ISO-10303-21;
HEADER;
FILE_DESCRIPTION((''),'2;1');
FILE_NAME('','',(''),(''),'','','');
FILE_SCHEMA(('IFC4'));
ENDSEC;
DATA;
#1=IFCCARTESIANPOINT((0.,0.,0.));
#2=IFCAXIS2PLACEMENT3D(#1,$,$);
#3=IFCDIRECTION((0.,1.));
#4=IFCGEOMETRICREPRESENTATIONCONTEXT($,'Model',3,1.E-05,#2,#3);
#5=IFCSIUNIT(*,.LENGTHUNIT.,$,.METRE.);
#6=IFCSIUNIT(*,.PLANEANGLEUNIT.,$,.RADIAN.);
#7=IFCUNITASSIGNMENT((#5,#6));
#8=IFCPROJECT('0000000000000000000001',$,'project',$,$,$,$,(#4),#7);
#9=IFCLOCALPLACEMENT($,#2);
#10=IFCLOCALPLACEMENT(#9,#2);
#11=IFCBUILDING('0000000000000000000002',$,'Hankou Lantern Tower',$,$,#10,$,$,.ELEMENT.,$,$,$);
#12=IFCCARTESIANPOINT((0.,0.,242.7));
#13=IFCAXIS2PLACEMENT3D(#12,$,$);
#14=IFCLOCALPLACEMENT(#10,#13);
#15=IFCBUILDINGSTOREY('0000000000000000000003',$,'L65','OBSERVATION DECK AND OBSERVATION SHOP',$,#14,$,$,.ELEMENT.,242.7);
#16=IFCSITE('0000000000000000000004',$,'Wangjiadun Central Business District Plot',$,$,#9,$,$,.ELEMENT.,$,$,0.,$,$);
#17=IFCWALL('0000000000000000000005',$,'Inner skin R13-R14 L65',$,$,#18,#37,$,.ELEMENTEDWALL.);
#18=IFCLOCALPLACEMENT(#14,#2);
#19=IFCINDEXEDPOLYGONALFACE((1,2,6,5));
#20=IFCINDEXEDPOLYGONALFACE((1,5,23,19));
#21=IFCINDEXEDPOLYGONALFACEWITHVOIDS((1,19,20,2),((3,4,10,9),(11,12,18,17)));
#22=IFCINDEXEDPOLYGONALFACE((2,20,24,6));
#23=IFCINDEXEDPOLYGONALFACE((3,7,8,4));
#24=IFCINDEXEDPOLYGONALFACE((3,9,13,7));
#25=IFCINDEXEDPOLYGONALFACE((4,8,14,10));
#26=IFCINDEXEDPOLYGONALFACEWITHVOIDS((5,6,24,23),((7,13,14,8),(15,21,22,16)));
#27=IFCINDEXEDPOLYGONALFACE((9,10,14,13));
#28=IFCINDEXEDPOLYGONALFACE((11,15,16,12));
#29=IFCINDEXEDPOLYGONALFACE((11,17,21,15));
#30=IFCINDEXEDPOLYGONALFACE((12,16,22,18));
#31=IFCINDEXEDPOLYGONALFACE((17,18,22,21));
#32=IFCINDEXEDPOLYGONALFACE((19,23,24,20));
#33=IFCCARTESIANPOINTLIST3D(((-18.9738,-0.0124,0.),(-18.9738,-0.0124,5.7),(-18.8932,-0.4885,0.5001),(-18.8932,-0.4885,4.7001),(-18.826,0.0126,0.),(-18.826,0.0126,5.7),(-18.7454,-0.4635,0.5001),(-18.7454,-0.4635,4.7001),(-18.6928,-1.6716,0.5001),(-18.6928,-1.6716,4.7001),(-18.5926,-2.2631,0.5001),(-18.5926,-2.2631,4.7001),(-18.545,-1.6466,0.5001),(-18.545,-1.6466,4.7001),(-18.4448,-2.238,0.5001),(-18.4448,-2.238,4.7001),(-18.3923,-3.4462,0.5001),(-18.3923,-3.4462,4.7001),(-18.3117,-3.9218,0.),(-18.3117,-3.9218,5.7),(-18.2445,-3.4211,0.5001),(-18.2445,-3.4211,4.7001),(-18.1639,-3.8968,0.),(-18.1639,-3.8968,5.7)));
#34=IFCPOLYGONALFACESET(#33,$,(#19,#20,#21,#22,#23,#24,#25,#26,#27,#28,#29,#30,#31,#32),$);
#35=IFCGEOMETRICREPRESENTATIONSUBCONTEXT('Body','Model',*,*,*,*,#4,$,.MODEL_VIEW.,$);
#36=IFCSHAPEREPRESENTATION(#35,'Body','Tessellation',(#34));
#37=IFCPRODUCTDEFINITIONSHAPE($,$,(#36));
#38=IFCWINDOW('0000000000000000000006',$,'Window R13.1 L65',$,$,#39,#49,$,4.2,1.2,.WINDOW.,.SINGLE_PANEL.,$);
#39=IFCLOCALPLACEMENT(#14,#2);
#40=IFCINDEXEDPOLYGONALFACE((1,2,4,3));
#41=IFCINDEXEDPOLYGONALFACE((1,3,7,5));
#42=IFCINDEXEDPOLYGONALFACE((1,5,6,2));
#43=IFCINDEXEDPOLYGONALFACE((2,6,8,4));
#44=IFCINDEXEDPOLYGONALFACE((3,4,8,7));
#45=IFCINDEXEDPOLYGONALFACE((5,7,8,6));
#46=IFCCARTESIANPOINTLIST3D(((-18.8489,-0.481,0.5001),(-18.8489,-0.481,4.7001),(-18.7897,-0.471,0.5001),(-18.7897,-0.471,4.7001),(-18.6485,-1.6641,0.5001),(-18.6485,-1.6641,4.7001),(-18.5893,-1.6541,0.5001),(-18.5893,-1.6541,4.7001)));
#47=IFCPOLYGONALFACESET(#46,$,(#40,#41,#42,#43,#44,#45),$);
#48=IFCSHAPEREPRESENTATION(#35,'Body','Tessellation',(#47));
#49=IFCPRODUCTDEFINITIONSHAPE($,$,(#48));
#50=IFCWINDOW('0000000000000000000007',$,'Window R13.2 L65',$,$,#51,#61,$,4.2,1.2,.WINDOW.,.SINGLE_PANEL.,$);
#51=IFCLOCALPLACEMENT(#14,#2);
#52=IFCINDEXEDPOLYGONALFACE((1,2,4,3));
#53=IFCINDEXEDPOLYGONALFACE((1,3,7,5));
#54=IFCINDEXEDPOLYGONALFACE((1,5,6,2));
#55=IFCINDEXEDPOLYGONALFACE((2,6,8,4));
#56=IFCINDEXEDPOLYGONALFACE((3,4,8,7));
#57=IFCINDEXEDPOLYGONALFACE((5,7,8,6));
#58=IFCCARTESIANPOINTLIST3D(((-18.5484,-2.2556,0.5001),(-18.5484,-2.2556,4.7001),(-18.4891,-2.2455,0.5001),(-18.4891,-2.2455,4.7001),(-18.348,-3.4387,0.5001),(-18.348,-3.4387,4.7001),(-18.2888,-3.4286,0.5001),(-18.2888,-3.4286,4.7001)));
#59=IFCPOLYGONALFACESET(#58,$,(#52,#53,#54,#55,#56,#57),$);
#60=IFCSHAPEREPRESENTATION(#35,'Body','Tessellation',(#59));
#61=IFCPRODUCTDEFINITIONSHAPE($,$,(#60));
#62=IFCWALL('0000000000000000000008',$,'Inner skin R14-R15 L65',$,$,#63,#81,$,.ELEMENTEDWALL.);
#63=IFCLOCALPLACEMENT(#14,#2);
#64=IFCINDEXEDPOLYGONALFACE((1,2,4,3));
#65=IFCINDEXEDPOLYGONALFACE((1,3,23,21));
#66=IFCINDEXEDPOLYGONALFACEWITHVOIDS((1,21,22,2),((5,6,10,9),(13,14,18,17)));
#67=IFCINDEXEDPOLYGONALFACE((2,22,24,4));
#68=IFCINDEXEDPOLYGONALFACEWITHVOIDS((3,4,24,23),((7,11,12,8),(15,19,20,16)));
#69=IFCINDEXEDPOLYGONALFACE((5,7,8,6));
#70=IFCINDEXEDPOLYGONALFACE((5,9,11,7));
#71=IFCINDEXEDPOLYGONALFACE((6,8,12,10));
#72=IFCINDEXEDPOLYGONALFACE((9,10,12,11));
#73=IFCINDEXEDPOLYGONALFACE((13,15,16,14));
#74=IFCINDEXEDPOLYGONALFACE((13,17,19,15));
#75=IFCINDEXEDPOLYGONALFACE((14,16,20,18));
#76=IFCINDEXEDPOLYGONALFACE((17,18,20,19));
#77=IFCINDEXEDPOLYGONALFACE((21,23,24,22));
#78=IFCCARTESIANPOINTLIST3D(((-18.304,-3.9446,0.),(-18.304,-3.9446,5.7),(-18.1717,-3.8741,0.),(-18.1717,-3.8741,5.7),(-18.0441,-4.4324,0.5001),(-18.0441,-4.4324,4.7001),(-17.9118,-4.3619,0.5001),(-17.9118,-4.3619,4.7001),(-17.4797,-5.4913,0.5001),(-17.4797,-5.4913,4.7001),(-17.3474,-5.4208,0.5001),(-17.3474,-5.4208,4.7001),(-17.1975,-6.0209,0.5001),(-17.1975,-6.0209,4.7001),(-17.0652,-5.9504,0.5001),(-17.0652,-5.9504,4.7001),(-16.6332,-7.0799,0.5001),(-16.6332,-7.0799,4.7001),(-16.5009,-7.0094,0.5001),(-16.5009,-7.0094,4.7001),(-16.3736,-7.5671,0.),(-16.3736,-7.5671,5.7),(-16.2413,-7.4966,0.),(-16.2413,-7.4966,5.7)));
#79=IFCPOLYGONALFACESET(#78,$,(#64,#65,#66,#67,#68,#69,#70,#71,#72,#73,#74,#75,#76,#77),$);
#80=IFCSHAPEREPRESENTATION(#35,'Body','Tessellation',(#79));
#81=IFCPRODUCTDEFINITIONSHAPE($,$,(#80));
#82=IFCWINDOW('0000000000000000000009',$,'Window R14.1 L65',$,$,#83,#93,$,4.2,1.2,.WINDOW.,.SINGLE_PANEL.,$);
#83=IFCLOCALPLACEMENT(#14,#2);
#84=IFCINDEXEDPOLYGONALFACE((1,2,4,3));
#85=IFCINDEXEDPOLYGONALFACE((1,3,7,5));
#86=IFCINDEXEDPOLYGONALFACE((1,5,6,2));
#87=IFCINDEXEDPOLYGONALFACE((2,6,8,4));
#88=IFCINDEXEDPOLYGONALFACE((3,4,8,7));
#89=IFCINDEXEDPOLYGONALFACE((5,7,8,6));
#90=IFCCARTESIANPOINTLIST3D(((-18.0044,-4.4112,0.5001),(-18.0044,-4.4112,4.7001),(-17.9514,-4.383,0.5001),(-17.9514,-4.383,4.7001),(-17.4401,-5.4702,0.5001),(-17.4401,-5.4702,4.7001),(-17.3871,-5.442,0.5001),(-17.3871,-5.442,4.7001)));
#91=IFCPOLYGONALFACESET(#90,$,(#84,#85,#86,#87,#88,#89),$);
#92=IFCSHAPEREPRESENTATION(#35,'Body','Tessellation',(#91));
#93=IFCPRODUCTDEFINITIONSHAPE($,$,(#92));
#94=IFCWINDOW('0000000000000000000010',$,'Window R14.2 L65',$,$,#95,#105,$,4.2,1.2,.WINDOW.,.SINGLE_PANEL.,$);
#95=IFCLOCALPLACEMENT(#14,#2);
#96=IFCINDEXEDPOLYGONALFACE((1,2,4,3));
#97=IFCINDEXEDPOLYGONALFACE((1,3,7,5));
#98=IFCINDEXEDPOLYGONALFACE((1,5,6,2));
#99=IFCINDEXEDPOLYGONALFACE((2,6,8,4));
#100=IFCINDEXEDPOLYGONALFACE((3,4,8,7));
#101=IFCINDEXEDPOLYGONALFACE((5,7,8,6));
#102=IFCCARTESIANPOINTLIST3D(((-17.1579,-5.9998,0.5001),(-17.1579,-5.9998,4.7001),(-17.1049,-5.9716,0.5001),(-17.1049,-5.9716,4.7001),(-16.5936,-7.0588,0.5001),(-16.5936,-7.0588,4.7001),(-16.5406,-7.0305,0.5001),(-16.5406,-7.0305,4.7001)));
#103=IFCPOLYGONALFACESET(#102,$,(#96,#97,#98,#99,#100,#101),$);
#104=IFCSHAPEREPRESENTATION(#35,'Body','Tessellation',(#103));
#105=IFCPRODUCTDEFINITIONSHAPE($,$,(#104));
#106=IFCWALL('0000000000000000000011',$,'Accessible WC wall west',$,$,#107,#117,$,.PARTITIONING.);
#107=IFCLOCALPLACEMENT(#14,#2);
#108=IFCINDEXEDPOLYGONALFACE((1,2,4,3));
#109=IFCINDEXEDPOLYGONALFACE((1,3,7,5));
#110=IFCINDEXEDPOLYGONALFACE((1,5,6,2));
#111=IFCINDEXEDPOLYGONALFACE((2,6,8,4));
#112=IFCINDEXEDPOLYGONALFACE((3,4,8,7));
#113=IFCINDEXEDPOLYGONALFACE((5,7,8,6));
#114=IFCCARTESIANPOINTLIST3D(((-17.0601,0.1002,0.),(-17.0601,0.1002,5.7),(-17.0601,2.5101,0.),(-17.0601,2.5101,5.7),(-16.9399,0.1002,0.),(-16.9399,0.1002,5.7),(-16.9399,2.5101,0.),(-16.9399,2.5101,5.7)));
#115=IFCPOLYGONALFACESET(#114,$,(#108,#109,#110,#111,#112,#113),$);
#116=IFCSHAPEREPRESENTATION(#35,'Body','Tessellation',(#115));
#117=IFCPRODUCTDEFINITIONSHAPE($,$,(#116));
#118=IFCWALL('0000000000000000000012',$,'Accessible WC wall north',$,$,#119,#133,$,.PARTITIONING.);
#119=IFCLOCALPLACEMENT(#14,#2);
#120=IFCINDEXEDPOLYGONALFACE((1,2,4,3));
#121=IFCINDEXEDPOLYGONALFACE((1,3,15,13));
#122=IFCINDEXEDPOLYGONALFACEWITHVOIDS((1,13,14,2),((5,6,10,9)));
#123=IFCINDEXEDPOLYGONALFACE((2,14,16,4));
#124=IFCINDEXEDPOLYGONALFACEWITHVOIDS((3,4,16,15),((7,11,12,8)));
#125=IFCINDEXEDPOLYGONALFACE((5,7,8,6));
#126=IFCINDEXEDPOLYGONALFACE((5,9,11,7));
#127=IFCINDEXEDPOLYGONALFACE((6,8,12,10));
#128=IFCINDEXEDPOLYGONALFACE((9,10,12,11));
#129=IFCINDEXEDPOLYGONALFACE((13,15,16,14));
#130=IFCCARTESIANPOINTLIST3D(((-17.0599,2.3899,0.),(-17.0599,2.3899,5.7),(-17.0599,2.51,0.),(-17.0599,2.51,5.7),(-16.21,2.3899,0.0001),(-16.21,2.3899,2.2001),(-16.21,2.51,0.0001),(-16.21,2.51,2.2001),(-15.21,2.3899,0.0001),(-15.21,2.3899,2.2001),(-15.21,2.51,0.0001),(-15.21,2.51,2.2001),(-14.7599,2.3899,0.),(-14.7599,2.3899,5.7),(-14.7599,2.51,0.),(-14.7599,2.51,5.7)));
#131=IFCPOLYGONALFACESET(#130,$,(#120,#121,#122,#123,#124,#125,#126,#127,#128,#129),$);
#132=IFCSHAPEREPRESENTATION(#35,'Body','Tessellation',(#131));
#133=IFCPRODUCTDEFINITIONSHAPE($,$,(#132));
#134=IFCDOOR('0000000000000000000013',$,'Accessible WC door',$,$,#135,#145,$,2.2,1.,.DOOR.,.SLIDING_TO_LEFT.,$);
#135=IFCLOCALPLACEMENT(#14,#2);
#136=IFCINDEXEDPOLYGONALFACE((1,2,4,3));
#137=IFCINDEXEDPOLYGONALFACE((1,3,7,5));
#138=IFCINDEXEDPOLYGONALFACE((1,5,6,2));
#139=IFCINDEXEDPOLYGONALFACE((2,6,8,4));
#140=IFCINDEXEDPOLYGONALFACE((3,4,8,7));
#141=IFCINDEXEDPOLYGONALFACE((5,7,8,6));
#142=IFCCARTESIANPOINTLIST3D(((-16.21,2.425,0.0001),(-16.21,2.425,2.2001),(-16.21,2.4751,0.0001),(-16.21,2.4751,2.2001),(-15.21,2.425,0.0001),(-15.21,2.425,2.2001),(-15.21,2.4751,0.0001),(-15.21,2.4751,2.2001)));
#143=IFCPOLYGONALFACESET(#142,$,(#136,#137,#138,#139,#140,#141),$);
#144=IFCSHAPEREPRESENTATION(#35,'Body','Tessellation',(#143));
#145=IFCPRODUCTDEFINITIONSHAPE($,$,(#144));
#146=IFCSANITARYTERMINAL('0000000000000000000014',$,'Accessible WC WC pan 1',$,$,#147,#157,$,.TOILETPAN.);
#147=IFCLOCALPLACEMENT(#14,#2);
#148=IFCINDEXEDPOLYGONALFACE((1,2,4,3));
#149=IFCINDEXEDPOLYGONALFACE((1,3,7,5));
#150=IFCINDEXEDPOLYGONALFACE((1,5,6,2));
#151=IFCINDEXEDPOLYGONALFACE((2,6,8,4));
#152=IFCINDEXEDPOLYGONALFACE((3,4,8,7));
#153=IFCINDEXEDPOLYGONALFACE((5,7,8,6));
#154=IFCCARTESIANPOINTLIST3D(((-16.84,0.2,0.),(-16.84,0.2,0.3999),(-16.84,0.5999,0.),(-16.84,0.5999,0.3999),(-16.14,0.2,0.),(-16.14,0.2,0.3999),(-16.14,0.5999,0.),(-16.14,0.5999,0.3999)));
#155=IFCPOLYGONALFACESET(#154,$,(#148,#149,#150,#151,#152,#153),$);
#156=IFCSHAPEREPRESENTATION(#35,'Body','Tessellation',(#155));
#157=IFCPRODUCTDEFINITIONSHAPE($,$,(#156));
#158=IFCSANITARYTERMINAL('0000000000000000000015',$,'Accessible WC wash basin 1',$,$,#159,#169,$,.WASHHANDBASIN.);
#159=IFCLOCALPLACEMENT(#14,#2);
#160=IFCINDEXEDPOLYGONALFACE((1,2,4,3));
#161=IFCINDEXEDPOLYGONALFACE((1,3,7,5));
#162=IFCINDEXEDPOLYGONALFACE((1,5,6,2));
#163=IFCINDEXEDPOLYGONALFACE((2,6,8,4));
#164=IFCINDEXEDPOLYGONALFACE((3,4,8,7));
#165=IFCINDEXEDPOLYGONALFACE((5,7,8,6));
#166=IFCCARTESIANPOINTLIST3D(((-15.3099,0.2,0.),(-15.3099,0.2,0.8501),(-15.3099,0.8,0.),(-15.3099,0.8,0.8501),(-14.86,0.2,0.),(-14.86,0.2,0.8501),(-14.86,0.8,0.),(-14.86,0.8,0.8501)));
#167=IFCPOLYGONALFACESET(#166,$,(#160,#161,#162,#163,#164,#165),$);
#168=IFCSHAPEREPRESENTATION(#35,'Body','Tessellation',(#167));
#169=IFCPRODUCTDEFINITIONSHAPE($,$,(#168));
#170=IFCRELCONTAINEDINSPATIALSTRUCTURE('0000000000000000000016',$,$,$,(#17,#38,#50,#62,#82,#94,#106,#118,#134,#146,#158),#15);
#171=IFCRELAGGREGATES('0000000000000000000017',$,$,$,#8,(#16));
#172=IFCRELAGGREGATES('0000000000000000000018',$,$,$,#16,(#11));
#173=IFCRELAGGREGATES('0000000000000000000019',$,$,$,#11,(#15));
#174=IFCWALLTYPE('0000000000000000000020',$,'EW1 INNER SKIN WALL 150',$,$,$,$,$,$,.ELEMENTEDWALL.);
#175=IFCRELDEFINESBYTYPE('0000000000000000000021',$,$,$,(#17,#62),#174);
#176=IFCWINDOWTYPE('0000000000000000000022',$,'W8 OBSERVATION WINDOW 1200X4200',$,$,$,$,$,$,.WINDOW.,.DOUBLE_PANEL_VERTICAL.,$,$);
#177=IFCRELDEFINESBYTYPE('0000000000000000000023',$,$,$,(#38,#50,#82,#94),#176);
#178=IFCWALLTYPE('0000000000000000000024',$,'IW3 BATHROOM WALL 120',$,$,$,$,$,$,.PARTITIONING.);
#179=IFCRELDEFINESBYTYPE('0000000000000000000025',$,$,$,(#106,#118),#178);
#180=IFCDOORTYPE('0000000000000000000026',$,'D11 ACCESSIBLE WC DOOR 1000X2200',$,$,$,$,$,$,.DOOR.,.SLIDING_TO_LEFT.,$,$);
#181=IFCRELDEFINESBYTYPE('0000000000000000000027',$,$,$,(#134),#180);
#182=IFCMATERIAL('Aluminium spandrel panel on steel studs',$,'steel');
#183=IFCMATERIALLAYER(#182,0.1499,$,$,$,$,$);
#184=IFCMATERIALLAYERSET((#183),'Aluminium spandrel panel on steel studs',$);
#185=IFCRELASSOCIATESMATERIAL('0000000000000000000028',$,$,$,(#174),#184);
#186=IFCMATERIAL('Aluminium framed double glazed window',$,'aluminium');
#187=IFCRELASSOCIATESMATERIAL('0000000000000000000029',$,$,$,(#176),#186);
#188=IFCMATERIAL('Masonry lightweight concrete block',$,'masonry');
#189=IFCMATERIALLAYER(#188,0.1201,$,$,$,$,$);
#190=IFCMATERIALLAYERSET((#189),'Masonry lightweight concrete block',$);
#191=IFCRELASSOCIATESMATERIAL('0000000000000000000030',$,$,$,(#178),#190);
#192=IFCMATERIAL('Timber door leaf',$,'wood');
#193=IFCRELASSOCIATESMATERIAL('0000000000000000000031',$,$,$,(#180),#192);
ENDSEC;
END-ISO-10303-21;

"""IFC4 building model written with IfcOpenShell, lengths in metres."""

from ifc_helpers import new_model, si_unit, direction, frame, frame_2d, origin, origin_2d, place, context, subcontext, project, spatial, rectangle, extrude, material, layer, layer_set, type_object, element, fill, save


model = new_model("IFC4")

# Units and contexts
model_context = context("Model", 3, precision=1e-05, world=origin(), true_north=direction((0.0, 1.0)))
body_context = subcontext(model_context, "Body", "Model", "MODEL_VIEW")
ifc_project = project(units=[si_unit("LENGTHUNIT", "METRE"), si_unit("PLANEANGLEUNIT", "RADIAN")], contexts=[model_context])

# Site, building, storey
site_placement = place(None, origin())
site = spatial("IfcSite", under=ifc_project, at=site_placement, Name="Wangjiadun Central Business District Plot", CompositionType="ELEMENT", RefElevation=0.0)
building_placement = place(site_placement, origin())
building = spatial("IfcBuilding", under=site, at=building_placement, Name="Hankou Lantern Tower", CompositionType="ELEMENT")
storey_placement = place(building_placement, frame((0.0, 0.0, 242.7)))
storey = spatial("IfcBuildingStorey", under=building, at=storey_placement, Name="L65", Description="OBSERVATION DECK AND OBSERVATION SHOP", CompositionType="ELEMENT", Elevation=242.7)

# Walls, openings, windows
ifc_material_1 = material(Name="Aluminium spandrel panel on steel studs", Category="steel")
ifc_layer_1 = layer(ifc_material_1, 0.1499)
ifc_layer_set_1 = layer_set([ifc_layer_1], Name="Aluminium spandrel panel on steel studs")
wall_type_1 = type_object("IfcWallType", Name="EW1 INNER SKIN WALL 150", PredefinedType="ELEMENTEDWALL", material=ifc_layer_set_1)
wall_1_placement = place(storey_placement, frame((-18.8999, 0.0, 0.0), z_axis=(0.0, 0.0, 1.0), x_axis=(0.166984, -0.98596, 0.0)))
wall_1 = element("IfcWall", 1, at=wall_1_placement, inside=storey, type_object=wall_type_1, Name="Inner skin R13-R14 L65", PredefinedType="ELEMENTEDWALL", context=body_context, shape_type="SweptSolid", body=[
    extrude(rectangle(XDim=3.9651, YDim=0.1499, at=frame_2d((1.9824, 0.0))), origin(), (0.0, 0.0, 1.0), 5.7),
])
opening_1_placement = place(wall_1_placement, frame((0.4827, 0.0, 0.5)))
opening_1 = element("IfcOpeningElement", 2, at=opening_1_placement, cuts=wall_1, PredefinedType="OPENING", context=body_context, shape_type="SweptSolid", body=[
    extrude(rectangle(XDim=1.2, YDim=4.2, at=frame_2d((0.6001, 2.1001))), frame((0.0, 0.085, 0.0), z_axis=(0.0, -1.0, 0.0), x_axis=(1.0, 0.0, 0.0)), (0.0, 0.0, 1.0), 0.1699),
])
opening_2_placement = place(wall_1_placement, frame((2.2825, 0.0, 0.5)))
opening_2 = element("IfcOpeningElement", 3, at=opening_2_placement, cuts=wall_1, PredefinedType="OPENING", context=body_context, shape_type="SweptSolid", body=[
    extrude(rectangle(XDim=1.2, YDim=4.2, at=frame_2d((0.6001, 2.1001))), frame((0.0, 0.085, 0.0), z_axis=(0.0, -1.0, 0.0), x_axis=(1.0, 0.0, 0.0)), (0.0, 0.0, 1.0), 0.1699),
])
ifc_material_2 = material(Name="Aluminium framed double glazed window", Category="aluminium")
window_type = type_object("IfcWindowType", Name="W8 OBSERVATION WINDOW 1200X4200", PartitioningType="DOUBLE_PANEL_VERTICAL", PredefinedType="WINDOW", material=ifc_material_2)
window_1_placement = place(opening_1_placement, origin())
window_1 = element("IfcWindow", 4, at=window_1_placement, inside=storey, type_object=window_type, Name="Window R13.1 L65", OverallHeight=4.2, OverallWidth=1.2, PartitioningType="SINGLE_PANEL", PredefinedType="WINDOW", context=body_context, shape_type="SweptSolid", body=[
    extrude(rectangle(XDim=1.2, YDim=4.2, at=frame_2d((0.6001, 2.1001))), frame((0.0, 0.03, 0.0), z_axis=(0.0, -1.0, 0.0), x_axis=(1.0, 0.0, 0.0)), (0.0, 0.0, 1.0), 0.0601),
])
fill(opening_1, window_1)
window_2_placement = place(opening_2_placement, origin())
window_2 = element("IfcWindow", 5, at=window_2_placement, inside=storey, type_object=window_type, Name="Window R13.2 L65", OverallHeight=4.2, OverallWidth=1.2, PartitioningType="SINGLE_PANEL", PredefinedType="WINDOW", context=body_context, shape_type="SweptSolid", body=[
    extrude(rectangle(XDim=1.2, YDim=4.2, at=frame_2d((0.6001, 2.1001))), frame((0.0, 0.03, 0.0), z_axis=(0.0, -1.0, 0.0), x_axis=(1.0, 0.0, 0.0)), (0.0, 0.0, 1.0), 0.0601),
])
fill(opening_2, window_2)
wall_2_placement = place(storey_placement, frame((-18.2378, -3.9094, 0.0), z_axis=(0.0, 0.0, 1.0), x_axis=(0.470283, -0.882516, 0.0)))
wall_2 = element("IfcWall", 6, at=wall_2_placement, inside=storey, type_object=wall_type_1, Name="Inner skin R14-R15 L65", PredefinedType="ELEMENTEDWALL", context=body_context, shape_type="SweptSolid", body=[
    extrude(rectangle(XDim=4.1047, YDim=0.1499, at=frame_2d((2.0522, 0.0))), origin(), (0.0, 0.0, 1.0), 5.7),
])
opening_3_placement = place(wall_2_placement, frame((0.5525, 0.0, 0.5)))
opening_3 = element("IfcOpeningElement", 7, at=opening_3_placement, cuts=wall_2, PredefinedType="OPENING", context=body_context, shape_type="SweptSolid", body=[
    extrude(rectangle(XDim=1.2, YDim=4.2, at=frame_2d((0.6001, 2.1001))), frame((0.0, 0.085, 0.0), z_axis=(0.0, -1.0, 0.0), x_axis=(1.0, 0.0, 0.0)), (0.0, 0.0, 1.0), 0.1699),
])
opening_4_placement = place(wall_2_placement, frame((2.3525, 0.0, 0.5)))
opening_4 = element("IfcOpeningElement", 8, at=opening_4_placement, cuts=wall_2, PredefinedType="OPENING", context=body_context, shape_type="SweptSolid", body=[
    extrude(rectangle(XDim=1.2, YDim=4.2, at=frame_2d((0.6001, 2.1001))), frame((0.0, 0.085, 0.0), z_axis=(0.0, -1.0, 0.0), x_axis=(1.0, 0.0, 0.0)), (0.0, 0.0, 1.0), 0.1699),
])
window_3_placement = place(opening_3_placement, origin())
window_3 = element("IfcWindow", 9, at=window_3_placement, inside=storey, type_object=window_type, Name="Window R14.1 L65", OverallHeight=4.2, OverallWidth=1.2, PartitioningType="SINGLE_PANEL", PredefinedType="WINDOW", context=body_context, shape_type="SweptSolid", body=[
    extrude(rectangle(XDim=1.2, YDim=4.2, at=frame_2d((0.6001, 2.1001))), frame((0.0, 0.03, 0.0), z_axis=(0.0, -1.0, 0.0), x_axis=(1.0, 0.0, 0.0)), (0.0, 0.0, 1.0), 0.0601),
])
fill(opening_3, window_3)
window_4_placement = place(opening_4_placement, origin())
window_4 = element("IfcWindow", 10, at=window_4_placement, inside=storey, type_object=window_type, Name="Window R14.2 L65", OverallHeight=4.2, OverallWidth=1.2, PartitioningType="SINGLE_PANEL", PredefinedType="WINDOW", context=body_context, shape_type="SweptSolid", body=[
    extrude(rectangle(XDim=1.2, YDim=4.2, at=frame_2d((0.6001, 2.1001))), frame((0.0, 0.03, 0.0), z_axis=(0.0, -1.0, 0.0), x_axis=(1.0, 0.0, 0.0)), (0.0, 0.0, 1.0), 0.0601),
])
fill(opening_4, window_4)

# Wall
ifc_material_3 = material(Name="Masonry lightweight concrete block", Category="masonry")
ifc_layer_2 = layer(ifc_material_3, 0.1201)
ifc_layer_set_2 = layer_set([ifc_layer_2], Name="Masonry lightweight concrete block")
wall_type_2 = type_object("IfcWallType", Name="IW3 BATHROOM WALL 120", PredefinedType="PARTITIONING", material=ifc_layer_set_2)
wall_3_placement = place(storey_placement, frame((-17.0, 0.1001, 0.0), z_axis=(0.0, 0.0, 1.0), x_axis=(0.0, 1.0, 0.0)))
element("IfcWall", 11, at=wall_3_placement, inside=storey, type_object=wall_type_2, Name="Accessible WC wall west", PredefinedType="PARTITIONING", context=body_context, shape_type="SweptSolid", body=[
    extrude(rectangle(XDim=2.4099, YDim=0.1201, at=frame_2d((1.2051, 0.0))), origin(), (0.0, 0.0, 1.0), 5.7),
])

# Wall, opening, door
wall_4_placement = place(storey_placement, frame((-14.76, 2.45, 0.0), z_axis=(0.0, 0.0, 1.0), x_axis=(-1.0, 0.0, 0.0)))
wall_4 = element("IfcWall", 12, at=wall_4_placement, inside=storey, type_object=wall_type_2, Name="Accessible WC wall north", PredefinedType="PARTITIONING", context=body_context, shape_type="SweptSolid", body=[
    extrude(rectangle(XDim=2.3, YDim=0.1201, at=frame_2d((1.1499, 0.0))), origin(), (0.0, 0.0, 1.0), 5.7),
])
opening_5_placement = place(wall_4_placement, frame((0.45, 0.0, 0.0)))
opening_5 = element("IfcOpeningElement", 13, at=opening_5_placement, cuts=wall_4, PredefinedType="OPENING", context=body_context, shape_type="SweptSolid", body=[
    extrude(rectangle(XDim=1.0, YDim=2.2, at=frame_2d((0.5, 1.1001))), frame((0.0, 0.0701, 0.0), z_axis=(0.0, -1.0, 0.0), x_axis=(1.0, 0.0, 0.0)), (0.0, 0.0, 1.0), 0.1401),
])
ifc_material_4 = material(Name="Timber door leaf", Category="wood")
door_type = type_object("IfcDoorType", Name="D11 ACCESSIBLE WC DOOR 1000X2200", OperationType="SLIDING_TO_LEFT", PredefinedType="DOOR", material=ifc_material_4)
door_placement = place(opening_5_placement, origin())
door = element("IfcDoor", 14, at=door_placement, inside=storey, type_object=door_type, Name="Accessible WC door", OperationType="SLIDING_TO_LEFT", OverallHeight=2.2, OverallWidth=1.0, PredefinedType="DOOR", context=body_context, shape_type="SweptSolid", body=[
    extrude(rectangle(XDim=1.0, YDim=2.2, at=frame_2d((0.5, 1.1001))), frame((0.0, 0.0249, 0.0), z_axis=(0.0, -1.0, 0.0), x_axis=(1.0, 0.0, 0.0)), (0.0, 0.0, 1.0), 0.05),
])
fill(opening_5, door)

# Sanitary terminals
sanitary_terminal_1_placement = place(storey_placement, frame((-16.49, 0.3999, 0.0), z_axis=(0.0, 0.0, 1.0), x_axis=(0.0, 1.0, 0.0)))
element("IfcSanitaryTerminal", 15, at=sanitary_terminal_1_placement, inside=storey, Name="Accessible WC WC pan 1", PredefinedType="TOILETPAN", context=body_context, shape_type="SweptSolid", body=[
    extrude(rectangle(XDim=0.3999, YDim=0.7, at=origin_2d()), origin(), (0.0, 0.0, 1.0), 0.3999),
])
sanitary_terminal_2_placement = place(storey_placement, frame((-15.085, 0.5, 0.0), z_axis=(0.0, 0.0, 1.0), x_axis=(0.0, 1.0, 0.0)))
element("IfcSanitaryTerminal", 16, at=sanitary_terminal_2_placement, inside=storey, Name="Accessible WC wash basin 1", PredefinedType="WASHHANDBASIN", context=body_context, shape_type="SweptSolid", body=[
    extrude(rectangle(XDim=0.6001, YDim=0.45, at=origin_2d()), origin(), (0.0, 0.0, 1.0), 0.8501),
])

save(model, "model.ifc")
